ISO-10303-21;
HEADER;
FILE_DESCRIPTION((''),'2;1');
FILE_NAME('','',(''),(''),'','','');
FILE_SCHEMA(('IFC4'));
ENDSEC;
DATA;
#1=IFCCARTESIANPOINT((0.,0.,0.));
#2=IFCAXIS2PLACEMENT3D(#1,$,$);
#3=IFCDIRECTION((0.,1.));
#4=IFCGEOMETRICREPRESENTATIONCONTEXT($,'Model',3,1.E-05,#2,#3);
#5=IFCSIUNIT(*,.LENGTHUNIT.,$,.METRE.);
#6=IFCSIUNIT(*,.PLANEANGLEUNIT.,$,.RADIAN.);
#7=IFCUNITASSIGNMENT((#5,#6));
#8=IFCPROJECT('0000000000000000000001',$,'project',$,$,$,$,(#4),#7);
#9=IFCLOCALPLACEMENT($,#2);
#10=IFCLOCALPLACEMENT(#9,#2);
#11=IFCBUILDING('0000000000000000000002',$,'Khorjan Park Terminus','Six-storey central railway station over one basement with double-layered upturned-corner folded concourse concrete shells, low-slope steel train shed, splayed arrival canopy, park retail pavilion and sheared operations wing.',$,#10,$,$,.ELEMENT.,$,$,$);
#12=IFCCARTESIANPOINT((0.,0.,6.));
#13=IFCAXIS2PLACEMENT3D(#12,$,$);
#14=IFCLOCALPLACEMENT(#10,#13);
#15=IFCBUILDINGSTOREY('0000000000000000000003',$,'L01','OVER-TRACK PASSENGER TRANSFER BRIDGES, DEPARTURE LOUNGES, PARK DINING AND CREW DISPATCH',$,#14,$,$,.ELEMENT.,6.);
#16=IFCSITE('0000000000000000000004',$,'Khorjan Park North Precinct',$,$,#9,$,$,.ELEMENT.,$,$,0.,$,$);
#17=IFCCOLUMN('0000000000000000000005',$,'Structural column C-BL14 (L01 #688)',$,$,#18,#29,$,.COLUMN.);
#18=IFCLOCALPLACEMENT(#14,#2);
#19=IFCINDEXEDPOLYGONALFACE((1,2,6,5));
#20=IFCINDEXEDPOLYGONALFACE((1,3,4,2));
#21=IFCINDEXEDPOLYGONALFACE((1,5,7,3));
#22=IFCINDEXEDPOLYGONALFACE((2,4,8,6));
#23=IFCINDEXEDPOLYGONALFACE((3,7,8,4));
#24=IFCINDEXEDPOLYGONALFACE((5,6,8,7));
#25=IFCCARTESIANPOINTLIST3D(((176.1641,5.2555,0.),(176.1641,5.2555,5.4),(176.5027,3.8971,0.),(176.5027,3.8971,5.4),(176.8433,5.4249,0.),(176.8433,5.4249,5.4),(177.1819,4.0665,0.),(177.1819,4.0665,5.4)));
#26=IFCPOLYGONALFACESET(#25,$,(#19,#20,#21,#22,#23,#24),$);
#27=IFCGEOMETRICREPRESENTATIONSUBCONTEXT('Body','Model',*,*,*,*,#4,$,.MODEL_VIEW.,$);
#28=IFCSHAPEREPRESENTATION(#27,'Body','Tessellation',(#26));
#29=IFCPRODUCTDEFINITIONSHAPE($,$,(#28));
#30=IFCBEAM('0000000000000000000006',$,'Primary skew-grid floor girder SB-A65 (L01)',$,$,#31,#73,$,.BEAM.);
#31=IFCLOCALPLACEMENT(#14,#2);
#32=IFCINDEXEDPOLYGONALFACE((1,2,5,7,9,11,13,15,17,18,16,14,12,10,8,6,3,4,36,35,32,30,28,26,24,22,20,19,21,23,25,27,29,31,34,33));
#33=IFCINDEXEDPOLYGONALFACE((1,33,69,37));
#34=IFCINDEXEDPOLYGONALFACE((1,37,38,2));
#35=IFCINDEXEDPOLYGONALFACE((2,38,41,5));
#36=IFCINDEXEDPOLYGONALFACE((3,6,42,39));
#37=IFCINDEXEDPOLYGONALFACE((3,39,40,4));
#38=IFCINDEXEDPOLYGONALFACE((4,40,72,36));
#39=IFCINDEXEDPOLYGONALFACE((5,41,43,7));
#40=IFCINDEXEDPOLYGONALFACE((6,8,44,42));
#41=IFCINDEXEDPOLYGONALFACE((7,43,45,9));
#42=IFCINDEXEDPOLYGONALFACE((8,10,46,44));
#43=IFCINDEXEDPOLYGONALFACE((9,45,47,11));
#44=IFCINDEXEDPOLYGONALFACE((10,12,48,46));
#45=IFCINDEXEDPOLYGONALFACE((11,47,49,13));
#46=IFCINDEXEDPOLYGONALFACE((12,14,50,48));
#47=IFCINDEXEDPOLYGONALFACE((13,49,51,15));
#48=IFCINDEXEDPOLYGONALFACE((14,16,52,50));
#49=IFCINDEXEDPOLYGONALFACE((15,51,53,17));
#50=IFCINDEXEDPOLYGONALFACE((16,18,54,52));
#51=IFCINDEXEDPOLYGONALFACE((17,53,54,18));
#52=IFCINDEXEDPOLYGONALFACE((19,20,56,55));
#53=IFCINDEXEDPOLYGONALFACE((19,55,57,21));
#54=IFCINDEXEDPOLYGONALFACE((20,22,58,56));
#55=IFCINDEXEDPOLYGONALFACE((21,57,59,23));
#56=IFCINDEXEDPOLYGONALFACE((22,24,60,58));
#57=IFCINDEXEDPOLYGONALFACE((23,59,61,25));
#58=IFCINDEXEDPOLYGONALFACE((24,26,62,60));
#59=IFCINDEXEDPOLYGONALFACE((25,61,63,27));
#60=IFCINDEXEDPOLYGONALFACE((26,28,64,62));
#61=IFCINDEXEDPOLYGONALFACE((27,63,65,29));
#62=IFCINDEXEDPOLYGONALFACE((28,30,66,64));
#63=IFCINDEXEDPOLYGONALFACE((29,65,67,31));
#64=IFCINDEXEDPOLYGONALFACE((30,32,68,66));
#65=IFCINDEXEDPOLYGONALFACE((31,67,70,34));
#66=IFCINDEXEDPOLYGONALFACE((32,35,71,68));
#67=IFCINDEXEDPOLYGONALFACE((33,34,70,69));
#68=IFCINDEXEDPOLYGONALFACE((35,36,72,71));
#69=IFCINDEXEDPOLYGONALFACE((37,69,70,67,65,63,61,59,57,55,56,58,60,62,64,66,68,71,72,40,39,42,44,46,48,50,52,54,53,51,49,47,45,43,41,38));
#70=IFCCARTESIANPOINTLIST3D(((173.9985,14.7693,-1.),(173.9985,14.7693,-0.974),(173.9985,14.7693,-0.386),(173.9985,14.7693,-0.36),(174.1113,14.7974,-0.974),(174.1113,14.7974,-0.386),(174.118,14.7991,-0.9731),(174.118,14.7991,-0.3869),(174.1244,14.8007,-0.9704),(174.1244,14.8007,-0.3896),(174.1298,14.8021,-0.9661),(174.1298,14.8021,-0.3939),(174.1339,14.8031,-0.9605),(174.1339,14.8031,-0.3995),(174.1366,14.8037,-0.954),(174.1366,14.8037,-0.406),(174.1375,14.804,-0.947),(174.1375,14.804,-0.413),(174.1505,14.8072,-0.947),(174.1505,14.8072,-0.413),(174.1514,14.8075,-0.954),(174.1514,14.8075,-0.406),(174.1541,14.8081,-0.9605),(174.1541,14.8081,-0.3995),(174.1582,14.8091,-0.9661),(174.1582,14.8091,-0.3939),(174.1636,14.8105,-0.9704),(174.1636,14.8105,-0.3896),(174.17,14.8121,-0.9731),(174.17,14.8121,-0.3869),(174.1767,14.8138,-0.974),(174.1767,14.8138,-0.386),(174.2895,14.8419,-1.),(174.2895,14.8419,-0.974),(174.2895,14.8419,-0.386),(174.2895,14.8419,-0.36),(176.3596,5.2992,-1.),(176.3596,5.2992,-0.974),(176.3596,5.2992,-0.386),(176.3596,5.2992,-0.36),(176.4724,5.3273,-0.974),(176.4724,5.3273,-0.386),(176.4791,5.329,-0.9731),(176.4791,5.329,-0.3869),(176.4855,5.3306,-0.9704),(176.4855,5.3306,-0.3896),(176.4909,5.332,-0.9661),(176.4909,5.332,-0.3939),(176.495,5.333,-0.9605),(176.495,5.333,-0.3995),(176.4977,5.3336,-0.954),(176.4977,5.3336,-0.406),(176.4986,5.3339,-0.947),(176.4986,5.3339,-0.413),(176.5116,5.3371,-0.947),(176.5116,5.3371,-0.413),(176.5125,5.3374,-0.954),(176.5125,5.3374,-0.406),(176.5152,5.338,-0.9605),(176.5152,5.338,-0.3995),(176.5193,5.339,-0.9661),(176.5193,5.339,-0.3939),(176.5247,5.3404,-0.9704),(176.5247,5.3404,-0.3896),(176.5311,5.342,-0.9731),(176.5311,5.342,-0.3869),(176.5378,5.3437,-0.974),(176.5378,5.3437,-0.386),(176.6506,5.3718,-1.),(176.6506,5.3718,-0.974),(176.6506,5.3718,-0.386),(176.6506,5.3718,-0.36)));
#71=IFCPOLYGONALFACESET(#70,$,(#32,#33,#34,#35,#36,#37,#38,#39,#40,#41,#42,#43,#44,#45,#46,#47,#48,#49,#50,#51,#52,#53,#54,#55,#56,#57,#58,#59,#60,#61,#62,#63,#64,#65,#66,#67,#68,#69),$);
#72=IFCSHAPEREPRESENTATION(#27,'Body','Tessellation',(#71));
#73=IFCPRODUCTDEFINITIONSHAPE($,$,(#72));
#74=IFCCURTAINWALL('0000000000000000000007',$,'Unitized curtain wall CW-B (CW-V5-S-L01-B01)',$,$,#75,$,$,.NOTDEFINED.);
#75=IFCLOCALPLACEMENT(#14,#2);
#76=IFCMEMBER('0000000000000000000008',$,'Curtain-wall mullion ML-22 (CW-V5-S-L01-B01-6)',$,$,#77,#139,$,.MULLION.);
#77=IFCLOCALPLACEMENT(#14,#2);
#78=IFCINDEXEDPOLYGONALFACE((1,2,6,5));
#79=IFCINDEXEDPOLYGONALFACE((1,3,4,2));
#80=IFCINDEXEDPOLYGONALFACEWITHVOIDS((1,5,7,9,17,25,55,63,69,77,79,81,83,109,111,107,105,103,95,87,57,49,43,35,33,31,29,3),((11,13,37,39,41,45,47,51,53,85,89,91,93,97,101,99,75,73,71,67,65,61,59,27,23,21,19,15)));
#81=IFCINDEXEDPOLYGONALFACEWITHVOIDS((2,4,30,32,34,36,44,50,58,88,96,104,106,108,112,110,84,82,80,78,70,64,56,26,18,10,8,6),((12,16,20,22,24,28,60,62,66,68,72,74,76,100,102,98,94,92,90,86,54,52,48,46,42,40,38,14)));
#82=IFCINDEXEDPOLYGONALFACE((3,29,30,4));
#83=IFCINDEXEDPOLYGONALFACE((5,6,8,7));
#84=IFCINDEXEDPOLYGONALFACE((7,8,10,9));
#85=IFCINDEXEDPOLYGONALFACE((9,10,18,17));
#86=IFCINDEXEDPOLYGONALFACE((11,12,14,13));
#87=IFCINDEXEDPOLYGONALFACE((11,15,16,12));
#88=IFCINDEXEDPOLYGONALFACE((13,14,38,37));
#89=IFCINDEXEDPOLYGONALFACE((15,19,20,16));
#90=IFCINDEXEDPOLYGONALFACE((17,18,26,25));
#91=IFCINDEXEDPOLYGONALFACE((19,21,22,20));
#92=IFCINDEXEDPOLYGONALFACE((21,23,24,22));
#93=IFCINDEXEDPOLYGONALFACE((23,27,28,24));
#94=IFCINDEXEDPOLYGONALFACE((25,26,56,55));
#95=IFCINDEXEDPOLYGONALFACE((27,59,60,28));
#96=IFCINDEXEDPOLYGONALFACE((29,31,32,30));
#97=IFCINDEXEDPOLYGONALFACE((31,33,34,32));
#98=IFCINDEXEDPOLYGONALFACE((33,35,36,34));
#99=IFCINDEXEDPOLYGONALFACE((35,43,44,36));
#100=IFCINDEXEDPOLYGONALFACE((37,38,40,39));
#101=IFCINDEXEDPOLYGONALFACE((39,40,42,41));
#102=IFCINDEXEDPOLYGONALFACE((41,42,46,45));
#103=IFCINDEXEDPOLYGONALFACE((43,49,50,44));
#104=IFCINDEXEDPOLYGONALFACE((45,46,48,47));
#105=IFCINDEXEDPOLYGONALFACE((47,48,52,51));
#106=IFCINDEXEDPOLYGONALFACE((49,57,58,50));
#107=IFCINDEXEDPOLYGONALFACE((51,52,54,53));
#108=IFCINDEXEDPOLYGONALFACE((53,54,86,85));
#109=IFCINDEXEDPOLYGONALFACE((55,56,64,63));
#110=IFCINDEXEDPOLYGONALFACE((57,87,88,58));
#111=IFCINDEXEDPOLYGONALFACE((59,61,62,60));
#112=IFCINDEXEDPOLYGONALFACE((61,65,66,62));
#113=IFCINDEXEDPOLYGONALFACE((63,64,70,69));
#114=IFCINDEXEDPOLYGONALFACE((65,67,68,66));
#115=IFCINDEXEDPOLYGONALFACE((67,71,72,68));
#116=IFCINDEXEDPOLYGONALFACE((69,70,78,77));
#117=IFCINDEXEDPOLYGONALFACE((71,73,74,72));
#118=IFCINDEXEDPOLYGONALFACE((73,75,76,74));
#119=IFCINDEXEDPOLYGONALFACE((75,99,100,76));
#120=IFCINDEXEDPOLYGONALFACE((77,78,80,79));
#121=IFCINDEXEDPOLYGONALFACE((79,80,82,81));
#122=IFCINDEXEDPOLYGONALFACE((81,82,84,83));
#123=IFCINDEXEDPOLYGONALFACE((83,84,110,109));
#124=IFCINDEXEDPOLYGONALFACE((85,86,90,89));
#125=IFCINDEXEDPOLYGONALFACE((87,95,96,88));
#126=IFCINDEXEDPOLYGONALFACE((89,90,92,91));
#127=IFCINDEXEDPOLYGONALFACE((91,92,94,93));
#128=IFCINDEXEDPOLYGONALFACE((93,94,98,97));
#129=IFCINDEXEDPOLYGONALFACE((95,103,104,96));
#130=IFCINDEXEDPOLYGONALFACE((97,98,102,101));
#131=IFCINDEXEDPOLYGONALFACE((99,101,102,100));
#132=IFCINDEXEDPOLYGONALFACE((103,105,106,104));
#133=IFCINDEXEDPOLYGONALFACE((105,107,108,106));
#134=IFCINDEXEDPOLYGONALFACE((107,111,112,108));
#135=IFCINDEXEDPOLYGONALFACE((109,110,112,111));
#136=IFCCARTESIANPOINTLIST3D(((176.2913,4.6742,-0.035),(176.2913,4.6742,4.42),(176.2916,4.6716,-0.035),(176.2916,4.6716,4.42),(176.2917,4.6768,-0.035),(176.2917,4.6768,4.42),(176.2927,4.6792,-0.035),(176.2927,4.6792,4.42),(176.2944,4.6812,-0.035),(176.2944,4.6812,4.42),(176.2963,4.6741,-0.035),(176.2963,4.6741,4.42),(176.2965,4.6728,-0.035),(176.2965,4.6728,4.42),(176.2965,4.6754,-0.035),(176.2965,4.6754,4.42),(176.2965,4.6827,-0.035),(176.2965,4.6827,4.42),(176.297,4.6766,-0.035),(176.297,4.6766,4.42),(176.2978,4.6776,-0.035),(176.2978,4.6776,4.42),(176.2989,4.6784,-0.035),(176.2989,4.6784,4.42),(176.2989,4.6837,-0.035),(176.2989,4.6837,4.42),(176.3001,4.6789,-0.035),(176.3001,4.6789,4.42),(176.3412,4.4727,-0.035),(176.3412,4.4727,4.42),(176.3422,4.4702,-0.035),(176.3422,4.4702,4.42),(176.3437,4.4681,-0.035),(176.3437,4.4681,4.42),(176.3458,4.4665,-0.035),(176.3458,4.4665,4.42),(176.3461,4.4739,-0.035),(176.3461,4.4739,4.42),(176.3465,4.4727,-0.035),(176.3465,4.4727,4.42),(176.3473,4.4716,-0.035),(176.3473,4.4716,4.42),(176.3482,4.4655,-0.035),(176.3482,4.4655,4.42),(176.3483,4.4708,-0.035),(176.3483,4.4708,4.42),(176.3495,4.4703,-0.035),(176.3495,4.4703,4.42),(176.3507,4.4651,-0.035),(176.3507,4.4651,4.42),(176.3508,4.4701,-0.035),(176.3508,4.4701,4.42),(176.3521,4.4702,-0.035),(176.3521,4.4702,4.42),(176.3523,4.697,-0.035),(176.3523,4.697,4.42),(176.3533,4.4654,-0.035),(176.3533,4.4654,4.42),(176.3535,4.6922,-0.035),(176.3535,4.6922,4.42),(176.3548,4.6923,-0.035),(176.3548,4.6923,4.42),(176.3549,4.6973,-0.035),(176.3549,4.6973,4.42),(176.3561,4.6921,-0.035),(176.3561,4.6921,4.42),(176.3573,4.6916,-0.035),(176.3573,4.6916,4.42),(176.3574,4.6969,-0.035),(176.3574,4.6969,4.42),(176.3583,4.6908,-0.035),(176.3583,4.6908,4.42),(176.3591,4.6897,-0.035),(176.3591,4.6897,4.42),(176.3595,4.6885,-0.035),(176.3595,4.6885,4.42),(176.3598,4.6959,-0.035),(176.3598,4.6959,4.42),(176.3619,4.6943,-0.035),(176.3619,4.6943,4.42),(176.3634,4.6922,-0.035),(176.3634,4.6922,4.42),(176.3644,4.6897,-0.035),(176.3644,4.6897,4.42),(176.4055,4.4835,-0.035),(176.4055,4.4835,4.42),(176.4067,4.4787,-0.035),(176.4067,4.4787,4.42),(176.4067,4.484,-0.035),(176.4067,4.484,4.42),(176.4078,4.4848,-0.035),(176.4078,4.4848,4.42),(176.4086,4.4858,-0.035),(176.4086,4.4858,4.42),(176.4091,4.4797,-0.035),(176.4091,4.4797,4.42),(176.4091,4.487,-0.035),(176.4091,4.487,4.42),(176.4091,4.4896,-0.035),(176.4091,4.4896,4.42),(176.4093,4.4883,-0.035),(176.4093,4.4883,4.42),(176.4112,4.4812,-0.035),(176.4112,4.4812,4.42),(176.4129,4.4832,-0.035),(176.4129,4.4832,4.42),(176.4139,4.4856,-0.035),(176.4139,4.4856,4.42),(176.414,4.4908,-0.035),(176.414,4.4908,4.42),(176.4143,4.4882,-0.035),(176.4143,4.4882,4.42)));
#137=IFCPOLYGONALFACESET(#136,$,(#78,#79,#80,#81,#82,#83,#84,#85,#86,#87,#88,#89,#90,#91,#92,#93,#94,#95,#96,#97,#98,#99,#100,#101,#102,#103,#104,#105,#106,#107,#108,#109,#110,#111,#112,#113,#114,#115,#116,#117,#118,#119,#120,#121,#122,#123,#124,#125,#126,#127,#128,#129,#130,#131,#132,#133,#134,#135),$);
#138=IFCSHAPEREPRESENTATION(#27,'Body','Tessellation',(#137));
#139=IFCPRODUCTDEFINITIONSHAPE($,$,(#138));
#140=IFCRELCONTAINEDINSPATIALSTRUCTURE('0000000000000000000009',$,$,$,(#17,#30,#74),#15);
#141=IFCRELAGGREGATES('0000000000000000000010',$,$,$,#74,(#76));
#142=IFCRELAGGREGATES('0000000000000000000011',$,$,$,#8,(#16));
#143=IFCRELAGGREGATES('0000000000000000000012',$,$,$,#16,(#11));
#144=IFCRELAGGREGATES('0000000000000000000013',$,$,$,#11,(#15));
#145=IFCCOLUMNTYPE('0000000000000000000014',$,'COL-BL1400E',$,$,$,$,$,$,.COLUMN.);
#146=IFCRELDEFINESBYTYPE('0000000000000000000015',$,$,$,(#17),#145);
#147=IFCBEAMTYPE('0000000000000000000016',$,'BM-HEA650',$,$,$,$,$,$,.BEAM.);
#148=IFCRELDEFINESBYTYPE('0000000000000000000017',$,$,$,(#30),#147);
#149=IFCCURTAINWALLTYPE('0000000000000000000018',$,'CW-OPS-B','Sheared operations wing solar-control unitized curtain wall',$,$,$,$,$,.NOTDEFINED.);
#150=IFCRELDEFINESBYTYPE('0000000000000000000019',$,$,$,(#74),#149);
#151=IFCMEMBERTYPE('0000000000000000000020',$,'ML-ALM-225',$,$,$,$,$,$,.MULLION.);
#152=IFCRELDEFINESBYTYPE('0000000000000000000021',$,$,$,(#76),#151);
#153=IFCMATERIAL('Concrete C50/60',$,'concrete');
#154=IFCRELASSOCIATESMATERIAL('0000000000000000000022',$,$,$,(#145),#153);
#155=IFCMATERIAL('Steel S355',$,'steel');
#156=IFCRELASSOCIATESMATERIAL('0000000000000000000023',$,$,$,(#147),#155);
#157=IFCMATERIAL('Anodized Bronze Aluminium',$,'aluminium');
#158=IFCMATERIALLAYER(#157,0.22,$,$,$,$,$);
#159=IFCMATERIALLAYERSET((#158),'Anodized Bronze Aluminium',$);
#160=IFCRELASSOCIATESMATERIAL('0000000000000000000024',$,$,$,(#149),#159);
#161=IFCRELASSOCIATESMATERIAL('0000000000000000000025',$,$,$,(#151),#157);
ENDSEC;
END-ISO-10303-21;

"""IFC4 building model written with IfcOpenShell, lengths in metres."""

from ifc_helpers import new_model, si_unit, direction, frame, origin, origin_2d, place, context, subcontext, project, spatial, rectangle, hollow_rectangle, i_section, extrude, material, layer, layer_set, material_profile, profile_set, type_object, element, aggregate, save


model = new_model("IFC4")

# Units and contexts
model_context = context("Model", 3, precision=1e-05, world=origin(), true_north=direction((0.0, 1.0)))
body_context = subcontext(model_context, "Body", "Model", "MODEL_VIEW")
ifc_project = project(units=[si_unit("LENGTHUNIT", "METRE"), si_unit("PLANEANGLEUNIT", "RADIAN")], contexts=[model_context])

# Site, building, storey
site_placement = place(None, origin())
site = spatial("IfcSite", under=ifc_project, at=site_placement, Name="Khorjan Park North Precinct", CompositionType="ELEMENT", RefElevation=0.0)
building_placement = place(site_placement, origin())
building = spatial("IfcBuilding", under=site, at=building_placement, Name="Khorjan Park Terminus", Description="Six-storey central railway station over one basement with double-layered upturned-corner folded concourse concrete shells, low-slope steel train shed, splayed arrival canopy, park retail pavilion and sheared operations wing.", CompositionType="ELEMENT")
storey_placement = place(building_placement, frame((0.0, 0.0, 6.0)))
storey = spatial("IfcBuildingStorey", under=building, at=storey_placement, Name="L01", Description="OVER-TRACK PASSENGER TRANSFER BRIDGES, DEPARTURE LOUNGES, PARK DINING AND CREW DISPATCH", CompositionType="ELEMENT", Elevation=6.0)

# Column
ifc_material_1 = material(Name="Concrete C50/60", Category="concrete")
ifc_material_profile_1 = material_profile(ifc_material_1, rectangle(XDim=0.7, YDim=1.4, at=origin_2d()), Name="RC 700x1400")
ifc_profile_set_1 = profile_set([ifc_material_profile_1], Name="Concrete C50/60")
column_type = type_object("IfcColumnType", Name="COL-BL1400E", PredefinedType="COLUMN", material=ifc_profile_set_1)
column_placement = place(storey_placement, frame((176.673, 4.661, 0.0), z_axis=(0.0, 0.0, 1.0), x_axis=(0.970296, 0.241922, 0.0)))
element("IfcColumn", 1, at=column_placement, inside=storey, type_object=column_type, Name="Structural column C-BL14 (L01 #688)", PredefinedType="COLUMN", context=body_context, shape_type="SweptSolid", body=[
    extrude(rectangle(XDim=0.7, YDim=1.4, at=origin_2d()), origin(), (0.0, 0.0, 1.0), 5.4),
])

# Beam
ifc_material_2 = material(Name="Steel S355", Category="steel")
ifc_material_profile_2 = material_profile(ifc_material_2, i_section(OverallWidth=0.3, OverallDepth=0.64, WebThickness=0.0135, FlangeThickness=0.026, FilletRadius=0.027, at=origin_2d()), Name="HEA 650")
ifc_profile_set_2 = profile_set([ifc_material_profile_2], Name="Steel S355")
beam_type = type_object("IfcBeamType", Name="BM-HEA650", PredefinedType="BEAM", material=ifc_profile_set_2)
beam_placement = place(storey_placement, frame((176.5051, 5.3355, -0.68), z_axis=(-0.241916, 0.970297, 0.0), x_axis=(-0.970297, -0.241916, 0.0)))
element("IfcBeam", 2, at=beam_placement, inside=storey, type_object=beam_type, Name="Primary skew-grid floor girder SB-A65 (L01)", PredefinedType="BEAM", context=body_context, shape_type="SweptSolid", body=[
    extrude(i_section(OverallWidth=0.3, OverallDepth=0.64, WebThickness=0.0135, FlangeThickness=0.026, FilletRadius=0.027, at=origin_2d()), origin(), (0.0, 0.0, 1.0), 9.76),
])

# Curtain wall, member
ifc_material_3 = material(Name="Anodized Bronze Aluminium", Category="aluminium")
ifc_layer_1 = layer(ifc_material_3, 0.22)
ifc_layer_set_1 = layer_set([ifc_layer_1], Name="Anodized Bronze Aluminium")
curtain_wall_type = type_object("IfcCurtainWallType", Name="CW-OPS-B", Description="Sheared operations wing solar-control unitized curtain wall", PredefinedType="NOTDEFINED", material=ifc_layer_set_1)
curtain_wall_placement = place(storey_placement, origin())
curtain_wall = element("IfcCurtainWall", 3, at=curtain_wall_placement, inside=storey, type_object=curtain_wall_type, Name="Unitized curtain wall CW-B (CW-V5-S-L01-B01)", PredefinedType="NOTDEFINED")
ifc_material_profile_3 = material_profile(ifc_material_3, hollow_rectangle(XDim=0.075, YDim=0.225, WallThickness=0.005, InnerFilletRadius=0.005, OuterFilletRadius=0.01, at=origin_2d()), Name="ALM 75x225x5")
ifc_profile_set_3 = profile_set([ifc_material_profile_3], Name="Anodized Bronze Aluminium")
member_type_1 = type_object("IfcMemberType", Name="ML-ALM-225", PredefinedType="MULLION", material=ifc_profile_set_3)
member_1_placement = place(storey_placement, frame((176.3528, 4.5812, -0.035), z_axis=(0.0, 0.0, 1.0), x_axis=(0.970296, 0.241923, 0.0)))
member_1 = element("IfcMember", 4, at=member_1_placement, type_object=member_type_1, Name="Curtain-wall mullion ML-22 (CW-V5-S-L01-B01-6)", PredefinedType="MULLION", context=body_context, shape_type="SweptSolid", body=[
    extrude(hollow_rectangle(XDim=0.075, YDim=0.225, WallThickness=0.005, InnerFilletRadius=0.005, OuterFilletRadius=0.01, at=origin_2d()), origin(), (0.0, 0.0, 1.0), 4.455),
])
aggregate(curtain_wall, [member_1])

save(model, "model.ifc")
